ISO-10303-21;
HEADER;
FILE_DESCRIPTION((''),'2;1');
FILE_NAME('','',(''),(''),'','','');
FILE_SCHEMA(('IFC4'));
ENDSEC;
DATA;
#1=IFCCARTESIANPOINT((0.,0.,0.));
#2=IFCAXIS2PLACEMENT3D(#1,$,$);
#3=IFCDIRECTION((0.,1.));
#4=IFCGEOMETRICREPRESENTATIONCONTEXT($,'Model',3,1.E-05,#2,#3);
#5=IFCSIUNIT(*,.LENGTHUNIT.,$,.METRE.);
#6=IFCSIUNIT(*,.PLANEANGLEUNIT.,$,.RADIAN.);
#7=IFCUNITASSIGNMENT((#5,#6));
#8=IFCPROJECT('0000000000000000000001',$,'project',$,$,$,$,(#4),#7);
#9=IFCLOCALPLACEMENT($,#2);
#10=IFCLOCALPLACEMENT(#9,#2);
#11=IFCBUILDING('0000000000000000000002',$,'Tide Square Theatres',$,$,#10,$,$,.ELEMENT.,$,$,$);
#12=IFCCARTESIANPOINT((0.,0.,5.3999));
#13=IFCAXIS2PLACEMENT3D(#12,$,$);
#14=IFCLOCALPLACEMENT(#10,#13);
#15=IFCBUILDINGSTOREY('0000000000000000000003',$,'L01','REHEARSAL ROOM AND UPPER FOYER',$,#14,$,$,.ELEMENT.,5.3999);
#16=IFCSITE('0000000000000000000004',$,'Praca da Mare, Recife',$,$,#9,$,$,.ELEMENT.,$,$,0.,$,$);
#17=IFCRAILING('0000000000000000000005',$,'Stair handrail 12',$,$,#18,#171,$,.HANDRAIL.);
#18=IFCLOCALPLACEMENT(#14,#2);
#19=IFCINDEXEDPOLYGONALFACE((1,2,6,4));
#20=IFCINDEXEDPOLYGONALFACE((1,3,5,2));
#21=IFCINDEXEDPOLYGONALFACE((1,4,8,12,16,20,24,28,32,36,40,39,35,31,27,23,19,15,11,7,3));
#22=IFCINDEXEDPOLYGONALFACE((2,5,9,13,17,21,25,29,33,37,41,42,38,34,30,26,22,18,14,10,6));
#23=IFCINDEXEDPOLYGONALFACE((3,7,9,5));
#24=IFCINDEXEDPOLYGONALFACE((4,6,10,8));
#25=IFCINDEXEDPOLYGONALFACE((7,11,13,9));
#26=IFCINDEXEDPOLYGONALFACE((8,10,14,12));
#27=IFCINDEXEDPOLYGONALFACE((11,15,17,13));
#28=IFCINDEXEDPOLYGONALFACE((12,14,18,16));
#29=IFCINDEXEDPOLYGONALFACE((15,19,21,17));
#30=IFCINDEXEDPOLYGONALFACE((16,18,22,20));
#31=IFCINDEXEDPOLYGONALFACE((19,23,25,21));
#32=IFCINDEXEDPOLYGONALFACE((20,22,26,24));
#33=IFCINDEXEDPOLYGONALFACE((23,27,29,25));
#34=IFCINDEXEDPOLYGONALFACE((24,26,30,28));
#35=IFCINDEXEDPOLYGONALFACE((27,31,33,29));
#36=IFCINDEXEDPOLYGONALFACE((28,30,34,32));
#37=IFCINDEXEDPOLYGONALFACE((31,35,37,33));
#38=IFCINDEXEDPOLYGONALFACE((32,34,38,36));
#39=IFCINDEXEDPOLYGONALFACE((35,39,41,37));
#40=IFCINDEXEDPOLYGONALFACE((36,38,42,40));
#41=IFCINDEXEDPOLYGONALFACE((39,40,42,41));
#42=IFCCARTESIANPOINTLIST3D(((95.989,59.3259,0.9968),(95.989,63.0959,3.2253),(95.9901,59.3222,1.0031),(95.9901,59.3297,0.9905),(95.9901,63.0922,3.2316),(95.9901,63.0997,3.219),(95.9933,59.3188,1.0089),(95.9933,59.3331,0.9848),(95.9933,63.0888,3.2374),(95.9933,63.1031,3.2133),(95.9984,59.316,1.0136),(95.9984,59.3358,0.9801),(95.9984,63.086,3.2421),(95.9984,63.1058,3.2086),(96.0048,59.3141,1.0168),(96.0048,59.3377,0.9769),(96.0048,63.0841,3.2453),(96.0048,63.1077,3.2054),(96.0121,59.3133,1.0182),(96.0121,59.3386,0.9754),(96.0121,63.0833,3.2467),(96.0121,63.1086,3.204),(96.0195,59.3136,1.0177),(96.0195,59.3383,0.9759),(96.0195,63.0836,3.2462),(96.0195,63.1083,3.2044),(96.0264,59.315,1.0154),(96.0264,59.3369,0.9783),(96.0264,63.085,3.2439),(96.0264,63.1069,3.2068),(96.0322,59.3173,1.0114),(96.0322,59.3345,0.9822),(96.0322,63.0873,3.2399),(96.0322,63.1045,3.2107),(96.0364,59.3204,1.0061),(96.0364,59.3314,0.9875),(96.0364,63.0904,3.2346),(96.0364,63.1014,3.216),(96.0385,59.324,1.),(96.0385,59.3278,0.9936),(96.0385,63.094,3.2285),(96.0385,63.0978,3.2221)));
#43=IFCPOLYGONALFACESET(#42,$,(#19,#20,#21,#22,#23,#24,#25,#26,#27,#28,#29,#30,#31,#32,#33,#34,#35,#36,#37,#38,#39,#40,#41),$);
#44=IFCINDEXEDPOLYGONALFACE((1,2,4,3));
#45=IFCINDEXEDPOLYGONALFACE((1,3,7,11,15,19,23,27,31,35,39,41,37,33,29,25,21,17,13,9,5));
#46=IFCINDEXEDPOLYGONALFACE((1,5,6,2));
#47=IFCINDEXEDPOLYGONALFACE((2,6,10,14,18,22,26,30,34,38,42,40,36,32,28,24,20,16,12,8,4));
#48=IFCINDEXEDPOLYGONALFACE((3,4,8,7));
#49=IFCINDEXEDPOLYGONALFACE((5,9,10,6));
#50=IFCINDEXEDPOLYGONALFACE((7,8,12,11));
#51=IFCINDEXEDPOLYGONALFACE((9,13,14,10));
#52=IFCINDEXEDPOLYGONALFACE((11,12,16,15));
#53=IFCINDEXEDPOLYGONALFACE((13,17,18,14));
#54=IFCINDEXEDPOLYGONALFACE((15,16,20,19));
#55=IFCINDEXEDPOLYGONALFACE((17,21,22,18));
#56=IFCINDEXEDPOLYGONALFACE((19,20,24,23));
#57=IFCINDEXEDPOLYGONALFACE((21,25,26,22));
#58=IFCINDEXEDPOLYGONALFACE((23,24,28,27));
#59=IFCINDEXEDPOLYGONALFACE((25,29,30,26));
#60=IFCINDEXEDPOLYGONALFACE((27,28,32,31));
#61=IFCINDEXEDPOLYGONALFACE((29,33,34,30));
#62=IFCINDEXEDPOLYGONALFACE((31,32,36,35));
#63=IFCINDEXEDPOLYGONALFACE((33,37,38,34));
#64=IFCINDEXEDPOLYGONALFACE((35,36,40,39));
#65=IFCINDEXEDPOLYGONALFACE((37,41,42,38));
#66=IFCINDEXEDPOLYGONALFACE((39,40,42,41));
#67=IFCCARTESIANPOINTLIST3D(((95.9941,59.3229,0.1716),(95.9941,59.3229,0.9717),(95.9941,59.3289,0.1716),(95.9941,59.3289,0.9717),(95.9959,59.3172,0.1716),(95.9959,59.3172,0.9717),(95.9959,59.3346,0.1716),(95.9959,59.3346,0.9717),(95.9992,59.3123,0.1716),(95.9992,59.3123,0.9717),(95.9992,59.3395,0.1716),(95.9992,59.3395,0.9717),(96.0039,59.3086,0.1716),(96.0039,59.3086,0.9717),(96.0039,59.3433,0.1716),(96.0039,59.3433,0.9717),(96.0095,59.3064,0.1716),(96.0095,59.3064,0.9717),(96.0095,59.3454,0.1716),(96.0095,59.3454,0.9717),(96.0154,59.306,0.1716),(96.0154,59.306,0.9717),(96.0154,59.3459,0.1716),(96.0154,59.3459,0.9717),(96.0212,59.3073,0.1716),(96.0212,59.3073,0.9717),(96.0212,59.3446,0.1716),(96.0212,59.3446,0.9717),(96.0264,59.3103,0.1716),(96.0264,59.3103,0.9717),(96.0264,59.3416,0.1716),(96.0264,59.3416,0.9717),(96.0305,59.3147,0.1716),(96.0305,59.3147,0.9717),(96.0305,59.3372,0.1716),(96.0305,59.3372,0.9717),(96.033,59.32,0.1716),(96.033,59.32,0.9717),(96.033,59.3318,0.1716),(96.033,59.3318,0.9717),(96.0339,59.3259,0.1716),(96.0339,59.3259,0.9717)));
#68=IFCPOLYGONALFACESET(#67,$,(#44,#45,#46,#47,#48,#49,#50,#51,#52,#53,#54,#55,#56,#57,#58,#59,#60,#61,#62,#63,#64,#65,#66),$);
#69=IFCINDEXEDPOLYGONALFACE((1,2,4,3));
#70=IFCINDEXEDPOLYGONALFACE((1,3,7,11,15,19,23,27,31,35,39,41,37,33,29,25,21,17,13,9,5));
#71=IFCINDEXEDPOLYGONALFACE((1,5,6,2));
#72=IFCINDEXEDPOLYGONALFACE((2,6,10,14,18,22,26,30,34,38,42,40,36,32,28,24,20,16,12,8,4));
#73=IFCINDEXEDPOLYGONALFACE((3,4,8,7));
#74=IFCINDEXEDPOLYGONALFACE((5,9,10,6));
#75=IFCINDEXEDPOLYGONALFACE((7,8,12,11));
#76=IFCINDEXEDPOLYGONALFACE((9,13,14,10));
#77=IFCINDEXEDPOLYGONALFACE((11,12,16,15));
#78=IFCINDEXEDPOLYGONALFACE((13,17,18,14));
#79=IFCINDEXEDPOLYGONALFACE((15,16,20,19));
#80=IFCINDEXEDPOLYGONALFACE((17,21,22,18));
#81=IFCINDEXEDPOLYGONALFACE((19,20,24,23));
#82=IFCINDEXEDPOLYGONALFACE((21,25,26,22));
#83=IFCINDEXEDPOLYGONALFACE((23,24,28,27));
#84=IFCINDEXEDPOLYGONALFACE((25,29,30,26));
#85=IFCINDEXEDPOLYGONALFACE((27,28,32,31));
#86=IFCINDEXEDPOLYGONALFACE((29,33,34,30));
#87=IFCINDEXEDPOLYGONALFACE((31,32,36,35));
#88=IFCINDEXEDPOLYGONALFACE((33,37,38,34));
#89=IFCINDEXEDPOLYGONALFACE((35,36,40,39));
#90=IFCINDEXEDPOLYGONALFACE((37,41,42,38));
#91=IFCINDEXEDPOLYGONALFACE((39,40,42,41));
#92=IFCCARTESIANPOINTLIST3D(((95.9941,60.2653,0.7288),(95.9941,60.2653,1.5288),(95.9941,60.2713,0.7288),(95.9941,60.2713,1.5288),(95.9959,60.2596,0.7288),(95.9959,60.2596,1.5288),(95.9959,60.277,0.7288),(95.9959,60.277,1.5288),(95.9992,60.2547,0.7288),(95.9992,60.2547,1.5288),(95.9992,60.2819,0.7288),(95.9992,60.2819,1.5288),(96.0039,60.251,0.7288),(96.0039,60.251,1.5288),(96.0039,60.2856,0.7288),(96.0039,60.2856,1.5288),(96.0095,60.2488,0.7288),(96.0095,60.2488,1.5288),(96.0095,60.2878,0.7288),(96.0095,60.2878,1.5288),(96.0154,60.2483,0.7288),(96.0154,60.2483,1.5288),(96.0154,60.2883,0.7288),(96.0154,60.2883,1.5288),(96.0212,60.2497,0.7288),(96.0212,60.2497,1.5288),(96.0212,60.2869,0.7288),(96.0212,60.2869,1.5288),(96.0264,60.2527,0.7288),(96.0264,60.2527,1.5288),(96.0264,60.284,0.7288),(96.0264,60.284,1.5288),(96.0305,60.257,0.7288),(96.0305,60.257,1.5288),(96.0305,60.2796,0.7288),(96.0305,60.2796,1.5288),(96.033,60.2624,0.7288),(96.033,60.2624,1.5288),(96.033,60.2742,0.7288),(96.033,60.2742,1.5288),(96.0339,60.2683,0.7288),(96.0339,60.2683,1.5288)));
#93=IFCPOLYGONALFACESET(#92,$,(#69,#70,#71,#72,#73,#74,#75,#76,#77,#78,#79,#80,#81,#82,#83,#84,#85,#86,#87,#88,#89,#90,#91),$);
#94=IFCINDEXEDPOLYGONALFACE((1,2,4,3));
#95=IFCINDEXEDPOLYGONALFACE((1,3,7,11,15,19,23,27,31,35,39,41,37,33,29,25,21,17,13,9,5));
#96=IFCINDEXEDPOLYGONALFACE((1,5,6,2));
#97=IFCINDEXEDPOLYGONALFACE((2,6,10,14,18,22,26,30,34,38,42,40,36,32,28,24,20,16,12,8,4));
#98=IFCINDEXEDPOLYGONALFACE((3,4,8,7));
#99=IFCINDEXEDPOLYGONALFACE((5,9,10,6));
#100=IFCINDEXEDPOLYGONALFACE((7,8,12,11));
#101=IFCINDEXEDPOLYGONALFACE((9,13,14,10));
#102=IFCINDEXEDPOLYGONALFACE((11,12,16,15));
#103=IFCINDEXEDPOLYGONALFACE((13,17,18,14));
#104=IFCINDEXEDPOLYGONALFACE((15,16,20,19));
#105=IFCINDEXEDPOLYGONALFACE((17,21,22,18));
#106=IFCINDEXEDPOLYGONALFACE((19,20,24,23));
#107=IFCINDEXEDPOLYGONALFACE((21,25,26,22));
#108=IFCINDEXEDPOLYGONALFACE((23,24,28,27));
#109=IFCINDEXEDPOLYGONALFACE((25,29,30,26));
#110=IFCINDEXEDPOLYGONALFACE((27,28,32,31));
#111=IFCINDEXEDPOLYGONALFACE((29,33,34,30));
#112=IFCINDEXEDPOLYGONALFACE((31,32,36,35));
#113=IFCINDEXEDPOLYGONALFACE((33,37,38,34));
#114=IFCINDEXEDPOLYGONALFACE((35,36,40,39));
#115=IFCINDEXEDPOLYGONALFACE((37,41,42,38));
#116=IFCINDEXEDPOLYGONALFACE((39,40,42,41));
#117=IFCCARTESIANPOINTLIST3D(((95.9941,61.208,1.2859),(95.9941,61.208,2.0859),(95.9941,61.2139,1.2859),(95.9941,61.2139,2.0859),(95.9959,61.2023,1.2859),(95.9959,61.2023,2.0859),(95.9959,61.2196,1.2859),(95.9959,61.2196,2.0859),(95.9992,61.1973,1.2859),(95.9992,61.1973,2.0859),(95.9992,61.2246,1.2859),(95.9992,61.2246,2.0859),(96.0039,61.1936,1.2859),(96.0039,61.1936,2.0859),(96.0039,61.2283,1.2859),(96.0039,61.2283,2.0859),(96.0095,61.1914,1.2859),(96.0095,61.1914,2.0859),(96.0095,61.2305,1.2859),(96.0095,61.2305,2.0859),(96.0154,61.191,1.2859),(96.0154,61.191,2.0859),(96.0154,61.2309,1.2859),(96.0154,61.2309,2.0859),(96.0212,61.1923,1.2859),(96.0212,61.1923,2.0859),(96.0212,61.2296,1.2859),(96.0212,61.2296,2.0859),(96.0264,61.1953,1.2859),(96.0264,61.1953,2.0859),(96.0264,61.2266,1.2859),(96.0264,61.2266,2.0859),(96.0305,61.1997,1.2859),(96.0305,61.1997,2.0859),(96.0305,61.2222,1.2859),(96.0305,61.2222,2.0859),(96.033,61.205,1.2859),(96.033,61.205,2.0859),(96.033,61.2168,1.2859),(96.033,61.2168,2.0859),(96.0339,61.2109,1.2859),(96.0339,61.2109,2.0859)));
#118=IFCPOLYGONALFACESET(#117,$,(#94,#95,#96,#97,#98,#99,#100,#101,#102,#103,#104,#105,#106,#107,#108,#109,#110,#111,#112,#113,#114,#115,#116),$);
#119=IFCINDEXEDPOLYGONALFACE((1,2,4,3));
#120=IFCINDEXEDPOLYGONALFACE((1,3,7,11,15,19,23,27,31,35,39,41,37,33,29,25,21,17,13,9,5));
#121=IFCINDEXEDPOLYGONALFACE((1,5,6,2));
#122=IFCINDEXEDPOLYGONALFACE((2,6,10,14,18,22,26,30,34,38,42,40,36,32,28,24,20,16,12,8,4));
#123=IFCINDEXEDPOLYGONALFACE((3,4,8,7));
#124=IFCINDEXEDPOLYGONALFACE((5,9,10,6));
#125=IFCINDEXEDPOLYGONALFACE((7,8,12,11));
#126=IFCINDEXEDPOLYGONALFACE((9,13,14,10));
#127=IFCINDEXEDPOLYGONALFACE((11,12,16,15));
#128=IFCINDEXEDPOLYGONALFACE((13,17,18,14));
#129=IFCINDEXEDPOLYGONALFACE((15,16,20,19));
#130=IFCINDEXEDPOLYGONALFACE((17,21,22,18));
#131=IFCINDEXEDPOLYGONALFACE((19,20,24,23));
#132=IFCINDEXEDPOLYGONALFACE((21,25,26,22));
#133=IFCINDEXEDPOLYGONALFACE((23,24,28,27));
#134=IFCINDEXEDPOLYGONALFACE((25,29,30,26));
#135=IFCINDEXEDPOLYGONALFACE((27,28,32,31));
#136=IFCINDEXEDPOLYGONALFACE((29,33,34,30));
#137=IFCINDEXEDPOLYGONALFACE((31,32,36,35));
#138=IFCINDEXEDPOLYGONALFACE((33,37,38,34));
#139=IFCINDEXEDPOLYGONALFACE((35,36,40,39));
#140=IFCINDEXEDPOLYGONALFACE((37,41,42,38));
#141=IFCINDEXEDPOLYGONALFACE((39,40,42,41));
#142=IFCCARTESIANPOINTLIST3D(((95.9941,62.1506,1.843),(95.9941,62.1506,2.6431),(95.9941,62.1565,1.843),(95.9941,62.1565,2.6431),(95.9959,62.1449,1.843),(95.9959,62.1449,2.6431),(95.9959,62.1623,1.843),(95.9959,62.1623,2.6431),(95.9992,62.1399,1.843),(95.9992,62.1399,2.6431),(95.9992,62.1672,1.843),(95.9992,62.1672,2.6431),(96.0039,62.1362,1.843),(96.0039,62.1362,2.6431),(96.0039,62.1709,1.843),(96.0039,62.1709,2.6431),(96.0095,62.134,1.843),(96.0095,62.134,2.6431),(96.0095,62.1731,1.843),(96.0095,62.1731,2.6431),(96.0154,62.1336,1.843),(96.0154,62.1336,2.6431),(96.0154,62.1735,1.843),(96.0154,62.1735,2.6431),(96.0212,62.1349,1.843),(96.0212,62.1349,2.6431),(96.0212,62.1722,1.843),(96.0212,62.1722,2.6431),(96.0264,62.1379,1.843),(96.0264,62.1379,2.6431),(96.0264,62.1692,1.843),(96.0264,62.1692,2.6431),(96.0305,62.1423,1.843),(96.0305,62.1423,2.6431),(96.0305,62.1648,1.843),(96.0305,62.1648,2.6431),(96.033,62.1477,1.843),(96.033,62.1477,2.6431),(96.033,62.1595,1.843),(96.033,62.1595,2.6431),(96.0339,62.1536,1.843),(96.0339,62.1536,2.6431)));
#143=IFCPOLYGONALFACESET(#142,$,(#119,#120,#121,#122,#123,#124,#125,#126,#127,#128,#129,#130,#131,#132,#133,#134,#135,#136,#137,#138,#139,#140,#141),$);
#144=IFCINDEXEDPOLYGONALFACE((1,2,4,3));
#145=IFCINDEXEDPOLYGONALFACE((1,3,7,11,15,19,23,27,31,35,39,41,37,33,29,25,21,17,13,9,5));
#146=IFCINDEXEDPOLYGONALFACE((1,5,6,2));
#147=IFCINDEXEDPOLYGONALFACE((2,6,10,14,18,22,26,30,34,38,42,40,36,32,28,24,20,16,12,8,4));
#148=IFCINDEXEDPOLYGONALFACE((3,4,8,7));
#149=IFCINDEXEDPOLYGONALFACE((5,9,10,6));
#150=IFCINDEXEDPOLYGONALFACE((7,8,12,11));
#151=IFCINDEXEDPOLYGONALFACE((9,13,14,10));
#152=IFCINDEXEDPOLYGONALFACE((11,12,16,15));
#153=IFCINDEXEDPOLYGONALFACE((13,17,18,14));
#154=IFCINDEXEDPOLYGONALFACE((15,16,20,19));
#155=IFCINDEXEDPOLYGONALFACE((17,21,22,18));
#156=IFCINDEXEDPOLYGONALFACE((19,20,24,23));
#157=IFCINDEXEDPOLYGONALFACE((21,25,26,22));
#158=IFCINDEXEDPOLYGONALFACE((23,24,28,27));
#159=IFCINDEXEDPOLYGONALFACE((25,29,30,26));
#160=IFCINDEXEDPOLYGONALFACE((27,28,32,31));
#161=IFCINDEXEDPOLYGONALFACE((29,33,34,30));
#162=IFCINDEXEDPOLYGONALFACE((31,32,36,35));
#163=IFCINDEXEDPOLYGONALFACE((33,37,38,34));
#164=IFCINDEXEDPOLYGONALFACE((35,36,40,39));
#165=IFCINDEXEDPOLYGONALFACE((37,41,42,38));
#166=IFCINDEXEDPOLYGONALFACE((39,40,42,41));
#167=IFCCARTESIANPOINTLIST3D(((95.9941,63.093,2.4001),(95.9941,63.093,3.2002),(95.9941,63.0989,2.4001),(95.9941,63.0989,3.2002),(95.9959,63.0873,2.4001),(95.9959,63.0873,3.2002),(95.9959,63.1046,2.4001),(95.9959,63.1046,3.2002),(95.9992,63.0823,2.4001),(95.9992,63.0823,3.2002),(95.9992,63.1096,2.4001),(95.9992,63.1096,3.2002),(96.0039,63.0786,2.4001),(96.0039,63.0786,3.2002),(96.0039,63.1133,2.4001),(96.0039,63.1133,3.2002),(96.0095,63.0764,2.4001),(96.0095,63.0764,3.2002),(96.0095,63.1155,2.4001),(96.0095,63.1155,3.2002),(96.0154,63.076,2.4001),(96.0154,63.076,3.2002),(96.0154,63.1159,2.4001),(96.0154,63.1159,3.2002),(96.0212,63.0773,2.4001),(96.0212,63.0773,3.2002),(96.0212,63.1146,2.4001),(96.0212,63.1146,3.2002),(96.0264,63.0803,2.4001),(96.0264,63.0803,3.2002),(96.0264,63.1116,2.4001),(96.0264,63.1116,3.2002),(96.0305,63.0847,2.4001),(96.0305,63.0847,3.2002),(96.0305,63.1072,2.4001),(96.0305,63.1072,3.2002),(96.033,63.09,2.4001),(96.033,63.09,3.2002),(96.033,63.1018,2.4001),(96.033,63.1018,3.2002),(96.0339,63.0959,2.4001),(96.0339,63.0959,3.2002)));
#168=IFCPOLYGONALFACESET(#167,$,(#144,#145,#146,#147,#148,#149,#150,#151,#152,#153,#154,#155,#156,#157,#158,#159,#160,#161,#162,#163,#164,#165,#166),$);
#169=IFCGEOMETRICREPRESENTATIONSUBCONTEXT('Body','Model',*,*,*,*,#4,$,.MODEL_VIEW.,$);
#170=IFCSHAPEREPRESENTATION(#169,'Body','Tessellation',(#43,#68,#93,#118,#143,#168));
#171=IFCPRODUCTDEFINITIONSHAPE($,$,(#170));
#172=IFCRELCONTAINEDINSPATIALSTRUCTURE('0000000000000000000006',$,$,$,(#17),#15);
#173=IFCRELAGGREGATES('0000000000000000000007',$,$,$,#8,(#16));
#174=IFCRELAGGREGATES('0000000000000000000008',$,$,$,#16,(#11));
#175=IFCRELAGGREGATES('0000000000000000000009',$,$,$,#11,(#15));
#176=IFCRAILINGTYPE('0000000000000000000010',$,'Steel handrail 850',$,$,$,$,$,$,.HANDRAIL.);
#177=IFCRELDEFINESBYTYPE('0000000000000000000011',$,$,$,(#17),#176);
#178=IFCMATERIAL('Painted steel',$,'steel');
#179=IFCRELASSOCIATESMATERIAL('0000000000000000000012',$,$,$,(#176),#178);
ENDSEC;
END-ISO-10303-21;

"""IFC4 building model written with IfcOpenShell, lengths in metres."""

from ifc_helpers import new_model, si_unit, direction, frame, origin, origin_2d, place, context, subcontext, project, spatial, circle, extrude, material, type_object, element, save


model = new_model("IFC4")

# Units and contexts
model_context = context("Model", 3, precision=1e-05, world=origin(), true_north=direction((0.0, 1.0)))
body_context = subcontext(model_context, "Body", "Model", "MODEL_VIEW")
ifc_project = project(units=[si_unit("LENGTHUNIT", "METRE"), si_unit("PLANEANGLEUNIT", "RADIAN")], contexts=[model_context])

# Site, building, storey
site_placement = place(None, origin())
site = spatial("IfcSite", under=ifc_project, at=site_placement, Name="Praca da Mare, Recife", CompositionType="ELEMENT", RefElevation=0.0)
building_placement = place(site_placement, origin())
building = spatial("IfcBuilding", under=site, at=building_placement, Name="Tide Square Theatres", CompositionType="ELEMENT")
storey_placement = place(building_placement, frame((0.0, 0.0, 5.3999)))
storey = spatial("IfcBuildingStorey", under=building, at=storey_placement, Name="L01", Description="REHEARSAL ROOM AND UPPER FOYER", CompositionType="ELEMENT", Elevation=5.3999)

# Railing
ifc_material_1 = material(Name="Painted steel", Category="steel")
railing_type_1 = type_object("IfcRailingType", Name="Steel handrail 850", PredefinedType="HANDRAIL", material=ifc_material_1)
for number, where, name in (
    (1, (96.0139, 59.3259, 0.1716), "Stair handrail 12"),
):
    element("IfcRailing", number, at=place(storey_placement, frame(where)), inside=storey, type_object=railing_type_1, Name=name, PredefinedType="HANDRAIL", context=body_context, shape_type="SweptSolid", body=[
        extrude(circle(Radius=0.0249, at=origin_2d()), frame((0.0, 0.0, 0.8252), z_axis=(0.0, 0.860849, 0.508861), x_axis=(-1.0, 0.0, 0.0)), (0.0, 0.0, 1.0), 4.3794),
        extrude(circle(Radius=0.02, at=origin_2d()), origin(), (0.0, 0.0, 1.0), 0.8),
        extrude(circle(Radius=0.02, at=origin_2d()), frame((0.0, 0.9424, 0.5571)), (0.0, 0.0, 1.0), 0.8),
        extrude(circle(Radius=0.02, at=origin_2d()), frame((0.0, 1.885, 1.1143)), (0.0, 0.0, 1.0), 0.8),
        extrude(circle(Radius=0.02, at=origin_2d()), frame((0.0, 2.8276, 1.6714)), (0.0, 0.0, 1.0), 0.8),
        extrude(circle(Radius=0.02, at=origin_2d()), frame((0.0, 3.77, 2.2285)), (0.0, 0.0, 1.0), 0.8),
    ])

save(model, "model.ifc")
